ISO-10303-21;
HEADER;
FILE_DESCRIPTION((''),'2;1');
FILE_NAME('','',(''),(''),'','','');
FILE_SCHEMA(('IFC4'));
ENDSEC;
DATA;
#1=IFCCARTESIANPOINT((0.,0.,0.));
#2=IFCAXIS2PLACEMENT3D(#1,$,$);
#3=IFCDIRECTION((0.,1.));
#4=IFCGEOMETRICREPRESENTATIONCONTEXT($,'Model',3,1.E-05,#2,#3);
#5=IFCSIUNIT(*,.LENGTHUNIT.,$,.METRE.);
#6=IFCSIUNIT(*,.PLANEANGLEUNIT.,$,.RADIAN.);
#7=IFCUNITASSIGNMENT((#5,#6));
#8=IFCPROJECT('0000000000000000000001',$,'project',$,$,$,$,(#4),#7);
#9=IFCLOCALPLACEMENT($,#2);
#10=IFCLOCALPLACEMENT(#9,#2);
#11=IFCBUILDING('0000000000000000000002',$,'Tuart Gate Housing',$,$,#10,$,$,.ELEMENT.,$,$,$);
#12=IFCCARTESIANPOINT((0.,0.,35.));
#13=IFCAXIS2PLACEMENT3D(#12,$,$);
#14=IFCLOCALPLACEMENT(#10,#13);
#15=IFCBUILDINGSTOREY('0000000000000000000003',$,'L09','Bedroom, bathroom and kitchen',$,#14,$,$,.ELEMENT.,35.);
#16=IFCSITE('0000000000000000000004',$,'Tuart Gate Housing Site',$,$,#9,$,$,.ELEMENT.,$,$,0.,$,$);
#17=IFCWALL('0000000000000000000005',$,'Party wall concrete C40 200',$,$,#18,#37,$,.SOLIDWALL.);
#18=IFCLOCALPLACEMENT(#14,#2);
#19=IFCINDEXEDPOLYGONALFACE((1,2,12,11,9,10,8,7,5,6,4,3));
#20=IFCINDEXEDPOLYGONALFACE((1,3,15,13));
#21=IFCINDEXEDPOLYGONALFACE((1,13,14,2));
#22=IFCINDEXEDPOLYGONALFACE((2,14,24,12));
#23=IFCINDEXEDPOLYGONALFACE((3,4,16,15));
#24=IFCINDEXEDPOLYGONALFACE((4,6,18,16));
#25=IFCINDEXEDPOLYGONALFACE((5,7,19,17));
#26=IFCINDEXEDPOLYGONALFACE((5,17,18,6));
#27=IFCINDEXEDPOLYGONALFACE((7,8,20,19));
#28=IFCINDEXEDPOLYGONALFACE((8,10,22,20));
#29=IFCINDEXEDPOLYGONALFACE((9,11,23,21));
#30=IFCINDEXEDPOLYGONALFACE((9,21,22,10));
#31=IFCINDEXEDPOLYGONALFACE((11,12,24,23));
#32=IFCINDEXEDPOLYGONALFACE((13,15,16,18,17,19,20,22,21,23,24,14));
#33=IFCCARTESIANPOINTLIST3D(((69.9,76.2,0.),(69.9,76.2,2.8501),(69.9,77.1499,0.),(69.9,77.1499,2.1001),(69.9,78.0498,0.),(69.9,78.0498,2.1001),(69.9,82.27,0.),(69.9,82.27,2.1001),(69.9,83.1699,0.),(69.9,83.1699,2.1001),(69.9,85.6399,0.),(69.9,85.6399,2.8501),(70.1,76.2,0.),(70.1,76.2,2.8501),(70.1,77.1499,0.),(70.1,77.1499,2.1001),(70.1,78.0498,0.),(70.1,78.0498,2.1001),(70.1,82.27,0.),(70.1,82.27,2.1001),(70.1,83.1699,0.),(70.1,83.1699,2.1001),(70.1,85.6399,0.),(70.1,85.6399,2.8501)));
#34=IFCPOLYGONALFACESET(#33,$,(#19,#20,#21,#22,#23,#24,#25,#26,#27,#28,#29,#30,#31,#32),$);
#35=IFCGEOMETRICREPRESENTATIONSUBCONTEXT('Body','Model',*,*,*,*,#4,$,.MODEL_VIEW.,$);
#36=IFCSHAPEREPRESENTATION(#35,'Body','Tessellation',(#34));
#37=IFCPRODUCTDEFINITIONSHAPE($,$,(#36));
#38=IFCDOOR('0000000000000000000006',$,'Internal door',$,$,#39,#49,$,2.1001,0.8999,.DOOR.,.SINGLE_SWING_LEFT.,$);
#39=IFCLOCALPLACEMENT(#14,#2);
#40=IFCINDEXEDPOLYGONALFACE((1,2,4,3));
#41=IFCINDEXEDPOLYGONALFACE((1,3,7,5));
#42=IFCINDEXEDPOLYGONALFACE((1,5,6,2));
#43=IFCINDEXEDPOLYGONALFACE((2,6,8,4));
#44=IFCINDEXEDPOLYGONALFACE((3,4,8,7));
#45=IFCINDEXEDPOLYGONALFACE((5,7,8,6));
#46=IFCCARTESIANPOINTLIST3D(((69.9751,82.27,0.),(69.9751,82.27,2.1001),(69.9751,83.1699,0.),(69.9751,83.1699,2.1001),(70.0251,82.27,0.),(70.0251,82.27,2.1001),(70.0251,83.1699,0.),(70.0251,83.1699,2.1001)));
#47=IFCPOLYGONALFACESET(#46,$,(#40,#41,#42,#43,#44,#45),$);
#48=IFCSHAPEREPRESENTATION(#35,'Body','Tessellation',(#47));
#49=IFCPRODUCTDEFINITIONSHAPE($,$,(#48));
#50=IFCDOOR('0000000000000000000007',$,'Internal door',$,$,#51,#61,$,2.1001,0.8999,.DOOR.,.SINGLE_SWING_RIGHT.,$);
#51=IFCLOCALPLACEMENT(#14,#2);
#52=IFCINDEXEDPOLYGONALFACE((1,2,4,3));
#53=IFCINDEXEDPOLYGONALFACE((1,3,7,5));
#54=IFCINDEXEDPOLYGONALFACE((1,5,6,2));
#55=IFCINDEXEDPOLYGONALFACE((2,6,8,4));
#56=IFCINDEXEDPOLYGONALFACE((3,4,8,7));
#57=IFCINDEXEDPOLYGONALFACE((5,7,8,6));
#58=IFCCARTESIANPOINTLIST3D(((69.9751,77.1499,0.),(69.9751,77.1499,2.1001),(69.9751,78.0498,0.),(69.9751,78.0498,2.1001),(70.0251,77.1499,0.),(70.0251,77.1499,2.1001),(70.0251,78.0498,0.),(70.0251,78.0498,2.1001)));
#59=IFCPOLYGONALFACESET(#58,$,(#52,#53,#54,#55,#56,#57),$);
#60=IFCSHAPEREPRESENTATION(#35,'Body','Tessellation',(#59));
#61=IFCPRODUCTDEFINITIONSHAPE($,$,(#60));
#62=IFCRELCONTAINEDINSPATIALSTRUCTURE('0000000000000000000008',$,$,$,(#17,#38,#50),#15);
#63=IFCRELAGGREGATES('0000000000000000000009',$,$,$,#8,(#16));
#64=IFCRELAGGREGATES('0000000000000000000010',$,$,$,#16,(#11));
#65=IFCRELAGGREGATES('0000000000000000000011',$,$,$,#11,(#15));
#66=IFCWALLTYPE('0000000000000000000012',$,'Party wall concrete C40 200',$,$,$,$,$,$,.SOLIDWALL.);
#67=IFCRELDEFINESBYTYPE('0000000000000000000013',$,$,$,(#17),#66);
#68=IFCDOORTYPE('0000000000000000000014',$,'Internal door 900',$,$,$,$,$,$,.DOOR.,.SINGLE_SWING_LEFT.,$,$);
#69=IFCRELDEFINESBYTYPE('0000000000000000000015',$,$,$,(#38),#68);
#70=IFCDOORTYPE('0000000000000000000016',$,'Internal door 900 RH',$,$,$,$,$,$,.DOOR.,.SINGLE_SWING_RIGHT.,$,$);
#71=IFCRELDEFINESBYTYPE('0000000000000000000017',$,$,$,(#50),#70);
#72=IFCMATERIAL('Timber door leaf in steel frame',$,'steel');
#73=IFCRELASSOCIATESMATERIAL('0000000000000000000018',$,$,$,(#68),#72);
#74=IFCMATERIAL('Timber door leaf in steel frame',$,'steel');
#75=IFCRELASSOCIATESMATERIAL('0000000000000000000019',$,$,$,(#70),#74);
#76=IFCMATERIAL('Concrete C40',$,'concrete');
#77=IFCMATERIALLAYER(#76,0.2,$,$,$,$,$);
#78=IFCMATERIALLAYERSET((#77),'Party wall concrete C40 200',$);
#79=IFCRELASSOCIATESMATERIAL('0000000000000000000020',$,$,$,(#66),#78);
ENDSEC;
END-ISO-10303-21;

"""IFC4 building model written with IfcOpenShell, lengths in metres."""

from ifc_helpers import new_model, si_unit, direction, frame, frame_2d, origin, place, context, subcontext, project, spatial, rectangle, extrude, material, layer, layer_set, type_object, element, fill, save


model = new_model("IFC4")

# Units and contexts
model_context = context("Model", 3, precision=1e-05, world=origin(), true_north=direction((0.0, 1.0)))
body_context = subcontext(model_context, "Body", "Model", "MODEL_VIEW")
ifc_project = project(units=[si_unit("LENGTHUNIT", "METRE"), si_unit("PLANEANGLEUNIT", "RADIAN")], contexts=[model_context])

# Site, building, storey
site_placement = place(None, origin())
site = spatial("IfcSite", under=ifc_project, at=site_placement, Name="Tuart Gate Housing Site", CompositionType="ELEMENT", RefElevation=0.0)
building_placement = place(site_placement, origin())
building = spatial("IfcBuilding", under=site, at=building_placement, Name="Tuart Gate Housing", CompositionType="ELEMENT")
storey_placement = place(building_placement, frame((0.0, 0.0, 35.0)))
storey = spatial("IfcBuildingStorey", under=building, at=storey_placement, Name="L09", Description="Bedroom, bathroom and kitchen", CompositionType="ELEMENT", Elevation=35.0)

# Shared definitions
ifc_material_1 = material(Name="Timber door leaf in steel frame", Category="steel")
door_type_1 = type_object("IfcDoorType", Name="Internal door 900", OperationType="SINGLE_SWING_LEFT", PredefinedType="DOOR", material=ifc_material_1)

# Shared definitions
ifc_material_2 = material(Name="Timber door leaf in steel frame", Category="steel")
door_type_2 = type_object("IfcDoorType", Name="Internal door 900 RH", OperationType="SINGLE_SWING_RIGHT", PredefinedType="DOOR", material=ifc_material_2)

# Shared definitions
ifc_material_3 = material(Name="Concrete C40", Category="concrete")
ifc_layer_1 = layer(ifc_material_3, 0.2)
ifc_layer_set_1 = layer_set([ifc_layer_1], Name="Party wall concrete C40 200")
wall_type_1 = type_object("IfcWallType", Name="Party wall concrete C40 200", PredefinedType="SOLIDWALL", material=ifc_layer_set_1)

# Wall, openings, doors
wall_1_placement = place(storey_placement, frame((70.0, 76.2, 0.0), z_axis=(0.0, 0.0, 1.0), x_axis=(0.0, 1.0, 0.0)))
wall_1 = element("IfcWall", 1, at=wall_1_placement, inside=storey, type_object=wall_type_1, Name="Party wall concrete C40 200", PredefinedType="SOLIDWALL", context=body_context, shape_type="SweptSolid", body=[
    extrude(rectangle(XDim=9.4399, YDim=0.2, at=frame_2d((4.72, 0.0))), origin(), (0.0, 0.0, 1.0), 2.8501),
])
opening_1_placement = place(wall_1_placement, frame((6.0701, 0.0, 0.0)))
opening_1 = element("IfcOpeningElement", 2, at=opening_1_placement, cuts=wall_1, PredefinedType="OPENING", context=body_context, shape_type="SweptSolid", body=[
    extrude(rectangle(XDim=0.8999, YDim=2.1001, at=frame_2d((0.45, 1.05))), frame((0.0, 0.1099, 0.0), z_axis=(0.0, -1.0, 0.0), x_axis=(1.0, 0.0, 0.0)), (0.0, 0.0, 1.0), 0.22),
])
opening_2_placement = place(wall_1_placement, frame((0.95, 0.0, 0.0)))
opening_2 = element("IfcOpeningElement", 3, at=opening_2_placement, cuts=wall_1, PredefinedType="OPENING", context=body_context, shape_type="SweptSolid", body=[
    extrude(rectangle(XDim=0.8999, YDim=2.1001, at=frame_2d((0.45, 1.05))), frame((0.0, 0.1099, 0.0), z_axis=(0.0, -1.0, 0.0), x_axis=(1.0, 0.0, 0.0)), (0.0, 0.0, 1.0), 0.22),
])
door_1_placement = place(opening_1_placement, frame((0.8999, 0.0, 0.0), z_axis=(0.0, 0.0, 1.0), x_axis=(-1.0, 0.0, 0.0)))
door_1 = element("IfcDoor", 4, at=door_1_placement, inside=storey, type_object=door_type_1, Name="Internal door", OperationType="SINGLE_SWING_LEFT", OverallHeight=2.1001, OverallWidth=0.8999, PredefinedType="DOOR", context=body_context, shape_type="SweptSolid", body=[
    extrude(rectangle(XDim=0.8999, YDim=2.1001, at=frame_2d((0.45, 1.05))), frame((0.0, 0.0251, 0.0), z_axis=(0.0, -1.0, 0.0), x_axis=(1.0, 0.0, 0.0)), (0.0, 0.0, 1.0), 0.05),
])
fill(opening_1, door_1)
door_2_placement = place(opening_2_placement, frame((0.8999, 0.0, 0.0), z_axis=(0.0, 0.0, 1.0), x_axis=(-1.0, 0.0, 0.0)))
door_2 = element("IfcDoor", 5, at=door_2_placement, inside=storey, type_object=door_type_2, Name="Internal door", OperationType="SINGLE_SWING_RIGHT", OverallHeight=2.1001, OverallWidth=0.8999, PredefinedType="DOOR", context=body_context, shape_type="SweptSolid", body=[
    extrude(rectangle(XDim=0.8999, YDim=2.1001, at=frame_2d((0.45, 1.05))), frame((0.0, 0.0251, 0.0), z_axis=(0.0, -1.0, 0.0), x_axis=(1.0, 0.0, 0.0)), (0.0, 0.0, 1.0), 0.05),
])
fill(opening_2, door_2)

save(model, "model.ifc")
